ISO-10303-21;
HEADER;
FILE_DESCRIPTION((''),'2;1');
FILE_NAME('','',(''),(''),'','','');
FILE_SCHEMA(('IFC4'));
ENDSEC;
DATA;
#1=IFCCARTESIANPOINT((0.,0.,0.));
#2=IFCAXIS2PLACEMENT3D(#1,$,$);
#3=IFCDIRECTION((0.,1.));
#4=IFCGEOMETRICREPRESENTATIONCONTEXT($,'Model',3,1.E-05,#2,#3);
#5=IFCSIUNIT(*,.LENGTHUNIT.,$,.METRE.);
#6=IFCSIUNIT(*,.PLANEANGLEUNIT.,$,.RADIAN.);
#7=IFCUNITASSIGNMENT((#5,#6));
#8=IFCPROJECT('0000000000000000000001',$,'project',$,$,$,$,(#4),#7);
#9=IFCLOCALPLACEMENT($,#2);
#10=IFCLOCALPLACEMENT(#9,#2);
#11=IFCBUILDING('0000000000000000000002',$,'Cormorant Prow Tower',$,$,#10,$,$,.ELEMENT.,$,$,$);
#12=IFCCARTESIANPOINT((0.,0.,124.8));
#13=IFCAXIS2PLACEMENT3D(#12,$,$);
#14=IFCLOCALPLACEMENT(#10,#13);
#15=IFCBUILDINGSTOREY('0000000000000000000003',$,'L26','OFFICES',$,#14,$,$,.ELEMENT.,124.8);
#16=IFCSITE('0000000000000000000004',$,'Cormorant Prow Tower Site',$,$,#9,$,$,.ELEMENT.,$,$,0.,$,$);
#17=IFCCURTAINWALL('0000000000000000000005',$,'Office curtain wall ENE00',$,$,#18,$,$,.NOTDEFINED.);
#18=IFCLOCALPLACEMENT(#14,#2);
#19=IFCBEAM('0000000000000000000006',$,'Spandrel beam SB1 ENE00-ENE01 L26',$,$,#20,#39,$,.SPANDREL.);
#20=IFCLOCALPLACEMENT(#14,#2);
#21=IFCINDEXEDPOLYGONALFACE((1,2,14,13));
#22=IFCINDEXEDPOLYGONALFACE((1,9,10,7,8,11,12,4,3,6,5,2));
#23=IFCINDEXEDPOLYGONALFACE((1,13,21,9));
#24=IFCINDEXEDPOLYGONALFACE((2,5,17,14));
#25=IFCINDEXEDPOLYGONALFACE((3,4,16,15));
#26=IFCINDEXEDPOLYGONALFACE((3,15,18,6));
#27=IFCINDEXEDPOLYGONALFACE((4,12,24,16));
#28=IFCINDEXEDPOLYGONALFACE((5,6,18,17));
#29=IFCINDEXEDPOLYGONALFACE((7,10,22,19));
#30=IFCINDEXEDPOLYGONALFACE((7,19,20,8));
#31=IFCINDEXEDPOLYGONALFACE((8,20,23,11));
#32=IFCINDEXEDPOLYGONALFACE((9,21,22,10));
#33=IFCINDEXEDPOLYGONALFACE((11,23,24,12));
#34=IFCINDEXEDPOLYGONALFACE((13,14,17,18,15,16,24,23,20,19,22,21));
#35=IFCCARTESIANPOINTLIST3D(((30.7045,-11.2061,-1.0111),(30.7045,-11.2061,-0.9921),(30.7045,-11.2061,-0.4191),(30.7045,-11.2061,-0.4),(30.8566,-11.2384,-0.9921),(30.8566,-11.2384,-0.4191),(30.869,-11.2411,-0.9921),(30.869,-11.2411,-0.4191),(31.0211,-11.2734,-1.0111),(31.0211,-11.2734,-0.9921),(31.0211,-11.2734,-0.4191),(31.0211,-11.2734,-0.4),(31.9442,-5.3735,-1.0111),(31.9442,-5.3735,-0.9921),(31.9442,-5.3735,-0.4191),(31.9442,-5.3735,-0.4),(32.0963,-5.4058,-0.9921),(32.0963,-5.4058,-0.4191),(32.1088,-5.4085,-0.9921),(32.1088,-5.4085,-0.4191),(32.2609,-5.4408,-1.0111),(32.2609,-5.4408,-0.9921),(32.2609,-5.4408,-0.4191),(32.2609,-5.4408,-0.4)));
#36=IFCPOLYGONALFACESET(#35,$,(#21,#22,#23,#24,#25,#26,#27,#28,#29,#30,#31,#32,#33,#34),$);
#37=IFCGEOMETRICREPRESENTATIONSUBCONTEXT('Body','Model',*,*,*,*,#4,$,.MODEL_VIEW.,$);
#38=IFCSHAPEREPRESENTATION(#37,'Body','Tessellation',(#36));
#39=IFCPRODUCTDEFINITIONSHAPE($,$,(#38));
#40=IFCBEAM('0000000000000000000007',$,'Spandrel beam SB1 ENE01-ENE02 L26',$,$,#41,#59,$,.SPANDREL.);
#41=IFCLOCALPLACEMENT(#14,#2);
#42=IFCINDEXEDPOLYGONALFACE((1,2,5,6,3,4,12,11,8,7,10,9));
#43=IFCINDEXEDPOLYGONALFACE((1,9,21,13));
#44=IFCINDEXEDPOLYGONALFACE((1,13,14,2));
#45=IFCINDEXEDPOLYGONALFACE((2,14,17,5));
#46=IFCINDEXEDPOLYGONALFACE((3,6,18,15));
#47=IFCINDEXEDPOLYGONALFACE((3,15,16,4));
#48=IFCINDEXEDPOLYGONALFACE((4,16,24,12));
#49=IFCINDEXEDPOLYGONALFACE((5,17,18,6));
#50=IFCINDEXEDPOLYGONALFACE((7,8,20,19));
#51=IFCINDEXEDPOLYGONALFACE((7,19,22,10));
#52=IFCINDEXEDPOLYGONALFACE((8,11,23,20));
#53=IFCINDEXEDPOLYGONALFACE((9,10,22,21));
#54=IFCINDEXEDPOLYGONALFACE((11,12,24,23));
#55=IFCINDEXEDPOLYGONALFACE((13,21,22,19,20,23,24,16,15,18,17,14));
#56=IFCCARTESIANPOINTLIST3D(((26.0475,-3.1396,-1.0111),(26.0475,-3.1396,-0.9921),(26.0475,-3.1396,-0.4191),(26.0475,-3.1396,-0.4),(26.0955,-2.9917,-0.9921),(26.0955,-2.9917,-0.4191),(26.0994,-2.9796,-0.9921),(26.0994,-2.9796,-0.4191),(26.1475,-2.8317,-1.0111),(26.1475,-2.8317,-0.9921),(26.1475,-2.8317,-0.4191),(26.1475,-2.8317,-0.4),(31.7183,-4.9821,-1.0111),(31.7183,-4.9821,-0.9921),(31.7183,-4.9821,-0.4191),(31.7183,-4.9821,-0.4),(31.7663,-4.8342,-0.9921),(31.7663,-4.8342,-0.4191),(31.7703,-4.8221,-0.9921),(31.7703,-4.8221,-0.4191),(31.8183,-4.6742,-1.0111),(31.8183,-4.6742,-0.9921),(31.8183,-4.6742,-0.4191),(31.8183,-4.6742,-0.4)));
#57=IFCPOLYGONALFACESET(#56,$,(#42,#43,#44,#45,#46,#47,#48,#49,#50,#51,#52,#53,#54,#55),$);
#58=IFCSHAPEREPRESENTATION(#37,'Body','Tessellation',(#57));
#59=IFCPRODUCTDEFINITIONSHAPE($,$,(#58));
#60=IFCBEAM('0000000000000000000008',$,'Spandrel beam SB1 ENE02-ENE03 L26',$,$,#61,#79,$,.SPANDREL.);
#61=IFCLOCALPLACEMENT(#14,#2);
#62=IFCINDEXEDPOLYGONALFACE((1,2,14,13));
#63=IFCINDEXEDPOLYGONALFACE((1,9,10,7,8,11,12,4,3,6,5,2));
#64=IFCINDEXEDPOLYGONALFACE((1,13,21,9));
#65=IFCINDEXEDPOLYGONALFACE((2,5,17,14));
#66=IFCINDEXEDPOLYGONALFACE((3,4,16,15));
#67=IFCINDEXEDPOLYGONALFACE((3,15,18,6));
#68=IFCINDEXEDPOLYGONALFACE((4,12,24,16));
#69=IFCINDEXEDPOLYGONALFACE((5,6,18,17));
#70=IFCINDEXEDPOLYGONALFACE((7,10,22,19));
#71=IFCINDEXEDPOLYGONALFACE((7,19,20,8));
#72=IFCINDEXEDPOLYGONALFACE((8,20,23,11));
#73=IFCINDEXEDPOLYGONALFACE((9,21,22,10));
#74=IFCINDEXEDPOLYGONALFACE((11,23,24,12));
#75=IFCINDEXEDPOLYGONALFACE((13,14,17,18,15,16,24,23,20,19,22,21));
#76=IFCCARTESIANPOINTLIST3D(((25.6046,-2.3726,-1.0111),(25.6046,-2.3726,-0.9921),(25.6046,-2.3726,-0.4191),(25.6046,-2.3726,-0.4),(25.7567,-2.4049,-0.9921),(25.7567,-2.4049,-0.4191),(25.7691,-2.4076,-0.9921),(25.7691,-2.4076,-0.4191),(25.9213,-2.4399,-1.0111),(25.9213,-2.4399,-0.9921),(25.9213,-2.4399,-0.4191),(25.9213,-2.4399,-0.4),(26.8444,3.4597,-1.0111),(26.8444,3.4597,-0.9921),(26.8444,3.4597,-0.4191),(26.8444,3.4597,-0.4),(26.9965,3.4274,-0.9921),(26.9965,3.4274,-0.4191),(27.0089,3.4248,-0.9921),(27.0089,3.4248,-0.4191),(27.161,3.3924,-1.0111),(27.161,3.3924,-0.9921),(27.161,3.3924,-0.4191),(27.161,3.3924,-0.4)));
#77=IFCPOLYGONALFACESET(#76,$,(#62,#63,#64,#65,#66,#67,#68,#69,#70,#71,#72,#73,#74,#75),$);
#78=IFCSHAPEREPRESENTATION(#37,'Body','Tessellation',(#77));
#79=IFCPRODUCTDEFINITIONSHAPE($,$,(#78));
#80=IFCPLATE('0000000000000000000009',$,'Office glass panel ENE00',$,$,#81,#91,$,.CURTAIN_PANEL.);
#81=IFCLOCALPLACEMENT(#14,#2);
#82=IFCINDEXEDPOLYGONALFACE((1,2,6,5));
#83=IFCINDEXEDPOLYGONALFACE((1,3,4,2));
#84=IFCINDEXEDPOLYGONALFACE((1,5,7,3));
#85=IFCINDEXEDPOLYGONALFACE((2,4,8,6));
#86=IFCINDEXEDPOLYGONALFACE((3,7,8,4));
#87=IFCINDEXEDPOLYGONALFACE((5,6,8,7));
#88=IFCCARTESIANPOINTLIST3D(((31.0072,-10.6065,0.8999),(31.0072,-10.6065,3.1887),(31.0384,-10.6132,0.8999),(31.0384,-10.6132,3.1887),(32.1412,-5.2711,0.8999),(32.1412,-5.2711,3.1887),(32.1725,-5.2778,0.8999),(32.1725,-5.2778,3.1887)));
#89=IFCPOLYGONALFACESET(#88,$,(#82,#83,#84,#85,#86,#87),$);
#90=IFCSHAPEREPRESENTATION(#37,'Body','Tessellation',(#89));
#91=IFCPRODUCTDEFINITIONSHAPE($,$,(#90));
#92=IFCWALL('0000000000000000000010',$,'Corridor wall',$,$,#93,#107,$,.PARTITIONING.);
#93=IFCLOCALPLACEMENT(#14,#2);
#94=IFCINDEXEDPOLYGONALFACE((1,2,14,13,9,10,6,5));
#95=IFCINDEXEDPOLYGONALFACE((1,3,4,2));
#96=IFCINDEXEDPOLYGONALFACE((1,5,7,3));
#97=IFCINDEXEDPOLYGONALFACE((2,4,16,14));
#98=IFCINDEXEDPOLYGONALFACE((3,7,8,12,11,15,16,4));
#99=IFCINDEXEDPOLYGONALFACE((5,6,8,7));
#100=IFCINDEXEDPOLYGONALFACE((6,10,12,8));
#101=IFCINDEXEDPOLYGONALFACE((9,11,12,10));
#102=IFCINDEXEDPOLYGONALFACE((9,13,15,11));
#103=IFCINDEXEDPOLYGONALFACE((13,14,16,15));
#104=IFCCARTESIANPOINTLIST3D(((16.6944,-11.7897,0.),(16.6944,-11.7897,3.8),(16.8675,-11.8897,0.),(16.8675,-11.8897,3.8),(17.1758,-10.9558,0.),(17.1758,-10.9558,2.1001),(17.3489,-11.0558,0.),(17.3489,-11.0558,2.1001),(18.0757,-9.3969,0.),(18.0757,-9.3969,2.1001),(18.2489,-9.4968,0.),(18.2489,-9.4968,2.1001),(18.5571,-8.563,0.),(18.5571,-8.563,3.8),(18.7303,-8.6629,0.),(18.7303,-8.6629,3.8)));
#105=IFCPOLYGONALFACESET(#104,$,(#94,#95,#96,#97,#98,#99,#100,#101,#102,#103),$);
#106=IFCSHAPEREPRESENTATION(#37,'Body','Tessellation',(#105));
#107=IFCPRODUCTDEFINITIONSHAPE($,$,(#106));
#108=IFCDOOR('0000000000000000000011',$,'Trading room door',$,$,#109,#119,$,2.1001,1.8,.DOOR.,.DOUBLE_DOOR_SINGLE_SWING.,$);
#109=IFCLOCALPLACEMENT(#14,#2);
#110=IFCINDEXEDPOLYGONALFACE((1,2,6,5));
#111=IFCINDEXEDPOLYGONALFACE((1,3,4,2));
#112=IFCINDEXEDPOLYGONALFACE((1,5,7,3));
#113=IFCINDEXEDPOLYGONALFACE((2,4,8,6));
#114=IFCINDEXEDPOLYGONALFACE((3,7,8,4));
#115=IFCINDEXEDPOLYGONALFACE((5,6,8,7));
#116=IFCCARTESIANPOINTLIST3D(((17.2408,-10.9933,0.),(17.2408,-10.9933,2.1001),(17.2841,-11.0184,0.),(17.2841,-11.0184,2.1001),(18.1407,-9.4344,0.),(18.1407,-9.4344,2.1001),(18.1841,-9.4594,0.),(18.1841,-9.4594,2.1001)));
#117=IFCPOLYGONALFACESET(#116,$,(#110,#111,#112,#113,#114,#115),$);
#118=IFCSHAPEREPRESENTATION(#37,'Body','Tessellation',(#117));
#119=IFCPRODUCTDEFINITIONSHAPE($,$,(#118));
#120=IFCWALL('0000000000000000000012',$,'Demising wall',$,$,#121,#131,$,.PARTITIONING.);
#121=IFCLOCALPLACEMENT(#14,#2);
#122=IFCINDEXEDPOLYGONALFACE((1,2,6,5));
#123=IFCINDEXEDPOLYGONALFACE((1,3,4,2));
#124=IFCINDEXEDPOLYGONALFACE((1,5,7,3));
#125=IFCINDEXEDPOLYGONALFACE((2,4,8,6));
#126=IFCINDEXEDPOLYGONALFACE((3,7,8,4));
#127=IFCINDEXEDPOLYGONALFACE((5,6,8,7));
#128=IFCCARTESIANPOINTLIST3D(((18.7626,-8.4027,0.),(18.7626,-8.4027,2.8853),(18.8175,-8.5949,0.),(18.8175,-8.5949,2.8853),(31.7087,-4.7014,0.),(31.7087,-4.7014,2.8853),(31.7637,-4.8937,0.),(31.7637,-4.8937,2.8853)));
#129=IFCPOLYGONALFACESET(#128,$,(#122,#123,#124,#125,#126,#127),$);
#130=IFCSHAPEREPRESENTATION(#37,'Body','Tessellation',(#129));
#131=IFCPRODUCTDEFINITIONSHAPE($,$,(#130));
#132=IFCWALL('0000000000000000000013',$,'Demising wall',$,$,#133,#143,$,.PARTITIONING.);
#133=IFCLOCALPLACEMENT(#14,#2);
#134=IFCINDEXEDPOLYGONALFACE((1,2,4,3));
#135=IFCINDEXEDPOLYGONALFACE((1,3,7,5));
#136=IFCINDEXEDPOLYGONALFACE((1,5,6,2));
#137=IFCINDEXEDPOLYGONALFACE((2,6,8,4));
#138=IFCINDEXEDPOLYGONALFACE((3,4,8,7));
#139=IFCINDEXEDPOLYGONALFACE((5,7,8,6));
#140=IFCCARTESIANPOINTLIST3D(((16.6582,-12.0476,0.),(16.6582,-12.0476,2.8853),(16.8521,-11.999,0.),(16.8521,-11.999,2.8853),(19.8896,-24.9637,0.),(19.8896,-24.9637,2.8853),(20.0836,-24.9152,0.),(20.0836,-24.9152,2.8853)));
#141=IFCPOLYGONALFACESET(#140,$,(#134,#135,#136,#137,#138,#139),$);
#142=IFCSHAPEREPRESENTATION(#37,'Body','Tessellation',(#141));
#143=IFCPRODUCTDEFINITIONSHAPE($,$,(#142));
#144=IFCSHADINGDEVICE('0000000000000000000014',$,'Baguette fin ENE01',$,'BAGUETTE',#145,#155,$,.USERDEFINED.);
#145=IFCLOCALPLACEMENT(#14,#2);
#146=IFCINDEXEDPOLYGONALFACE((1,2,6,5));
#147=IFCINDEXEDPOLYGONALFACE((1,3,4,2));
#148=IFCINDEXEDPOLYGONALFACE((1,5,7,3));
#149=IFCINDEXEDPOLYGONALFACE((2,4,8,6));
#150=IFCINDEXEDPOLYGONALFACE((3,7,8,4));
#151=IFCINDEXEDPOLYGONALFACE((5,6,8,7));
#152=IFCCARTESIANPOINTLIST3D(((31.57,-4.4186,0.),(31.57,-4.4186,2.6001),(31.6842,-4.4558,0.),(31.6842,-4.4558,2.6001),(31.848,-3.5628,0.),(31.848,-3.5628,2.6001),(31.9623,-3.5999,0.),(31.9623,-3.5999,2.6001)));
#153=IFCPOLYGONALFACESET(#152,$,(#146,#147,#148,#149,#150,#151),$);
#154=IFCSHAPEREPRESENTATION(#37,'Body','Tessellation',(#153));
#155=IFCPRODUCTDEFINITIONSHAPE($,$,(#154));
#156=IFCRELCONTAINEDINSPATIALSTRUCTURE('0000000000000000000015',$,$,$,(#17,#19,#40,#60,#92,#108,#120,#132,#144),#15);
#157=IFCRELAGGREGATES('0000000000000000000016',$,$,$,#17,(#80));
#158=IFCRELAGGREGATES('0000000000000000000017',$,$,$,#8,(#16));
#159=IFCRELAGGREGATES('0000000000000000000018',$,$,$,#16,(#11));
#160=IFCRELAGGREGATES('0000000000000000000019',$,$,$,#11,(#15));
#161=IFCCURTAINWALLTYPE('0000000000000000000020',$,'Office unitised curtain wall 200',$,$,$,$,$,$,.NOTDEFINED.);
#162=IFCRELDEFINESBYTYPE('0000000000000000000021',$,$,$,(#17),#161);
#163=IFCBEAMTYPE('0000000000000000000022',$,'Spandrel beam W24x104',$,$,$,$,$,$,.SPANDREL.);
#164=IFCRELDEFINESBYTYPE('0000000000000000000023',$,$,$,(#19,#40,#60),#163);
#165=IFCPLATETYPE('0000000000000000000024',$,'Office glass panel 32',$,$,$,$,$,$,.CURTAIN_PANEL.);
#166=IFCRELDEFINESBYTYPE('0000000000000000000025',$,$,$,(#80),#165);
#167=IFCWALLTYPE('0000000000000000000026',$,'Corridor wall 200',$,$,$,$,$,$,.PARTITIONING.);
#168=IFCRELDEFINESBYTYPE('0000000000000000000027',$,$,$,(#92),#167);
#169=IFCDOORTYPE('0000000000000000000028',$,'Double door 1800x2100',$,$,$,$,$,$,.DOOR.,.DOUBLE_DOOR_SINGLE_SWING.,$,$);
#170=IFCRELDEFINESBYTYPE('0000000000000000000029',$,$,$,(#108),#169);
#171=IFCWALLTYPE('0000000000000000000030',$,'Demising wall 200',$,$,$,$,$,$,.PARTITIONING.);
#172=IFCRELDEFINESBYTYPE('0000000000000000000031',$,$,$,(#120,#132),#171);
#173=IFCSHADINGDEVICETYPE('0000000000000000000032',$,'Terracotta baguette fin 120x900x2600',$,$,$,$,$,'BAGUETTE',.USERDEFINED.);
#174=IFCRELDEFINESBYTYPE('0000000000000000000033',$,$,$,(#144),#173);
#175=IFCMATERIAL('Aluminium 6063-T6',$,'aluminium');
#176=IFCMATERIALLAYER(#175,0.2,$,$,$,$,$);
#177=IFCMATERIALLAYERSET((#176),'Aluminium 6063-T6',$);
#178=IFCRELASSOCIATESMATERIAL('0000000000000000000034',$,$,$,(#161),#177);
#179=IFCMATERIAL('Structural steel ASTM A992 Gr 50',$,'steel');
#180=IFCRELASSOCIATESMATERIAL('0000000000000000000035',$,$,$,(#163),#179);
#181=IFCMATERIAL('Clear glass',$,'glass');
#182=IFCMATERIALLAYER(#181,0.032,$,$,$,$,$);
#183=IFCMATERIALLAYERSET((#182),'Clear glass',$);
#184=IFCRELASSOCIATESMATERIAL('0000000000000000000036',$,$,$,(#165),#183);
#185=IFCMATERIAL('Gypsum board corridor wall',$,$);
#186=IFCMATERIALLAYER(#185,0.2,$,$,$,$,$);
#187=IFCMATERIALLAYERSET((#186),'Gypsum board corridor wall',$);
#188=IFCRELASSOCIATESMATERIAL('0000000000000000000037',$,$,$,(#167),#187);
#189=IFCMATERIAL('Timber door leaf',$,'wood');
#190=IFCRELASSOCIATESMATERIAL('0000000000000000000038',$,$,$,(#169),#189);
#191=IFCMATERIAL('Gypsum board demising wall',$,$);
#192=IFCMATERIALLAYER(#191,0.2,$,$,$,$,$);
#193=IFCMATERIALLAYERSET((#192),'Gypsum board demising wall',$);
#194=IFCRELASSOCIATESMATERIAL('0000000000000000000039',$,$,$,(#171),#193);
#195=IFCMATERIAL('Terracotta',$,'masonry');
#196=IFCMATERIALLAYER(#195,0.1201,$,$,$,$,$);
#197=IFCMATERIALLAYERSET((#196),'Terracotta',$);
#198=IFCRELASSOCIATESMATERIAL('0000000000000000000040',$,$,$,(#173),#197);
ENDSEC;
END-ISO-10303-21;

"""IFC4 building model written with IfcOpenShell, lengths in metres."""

from ifc_helpers import new_model, si_unit, direction, frame, frame_2d, origin, origin_2d, place, context, subcontext, project, spatial, rectangle, i_section, extrude, material, layer, layer_set, material_profile, profile_set, type_object, element, fill, aggregate, save


model = new_model("IFC4")

# Units and contexts
model_context = context("Model", 3, precision=1e-05, world=origin(), true_north=direction((0.0, 1.0)))
body_context = subcontext(model_context, "Body", "Model", "MODEL_VIEW")
ifc_project = project(units=[si_unit("LENGTHUNIT", "METRE"), si_unit("PLANEANGLEUNIT", "RADIAN")], contexts=[model_context])

# Site, building, storey
site_placement = place(None, origin())
site = spatial("IfcSite", under=ifc_project, at=site_placement, Name="Cormorant Prow Tower Site", CompositionType="ELEMENT", RefElevation=0.0)
building_placement = place(site_placement, origin())
building = spatial("IfcBuilding", under=site, at=building_placement, Name="Cormorant Prow Tower", CompositionType="ELEMENT")
storey_placement = place(building_placement, frame((0.0, 0.0, 124.8)))
storey = spatial("IfcBuildingStorey", under=building, at=storey_placement, Name="L26", Description="OFFICES", CompositionType="ELEMENT", Elevation=124.8)

# Curtain wall
ifc_material_1 = material(Name="Aluminium 6063-T6", Category="aluminium")
ifc_layer_1 = layer(ifc_material_1, 0.2)
ifc_layer_set_1 = layer_set([ifc_layer_1], Name="Aluminium 6063-T6")
curtain_wall_type = type_object("IfcCurtainWallType", Name="Office unitised curtain wall 200", PredefinedType="NOTDEFINED", material=ifc_layer_set_1)
curtain_wall_1_placement = place(storey_placement, origin())
curtain_wall_1 = element("IfcCurtainWall", 1, at=curtain_wall_1_placement, inside=storey, type_object=curtain_wall_type, Name="Office curtain wall ENE00", PredefinedType="NOTDEFINED")

# Beams
ifc_material_2 = material(Name="Structural steel ASTM A992 Gr 50", Category="steel")
ifc_material_profile_1 = material_profile(ifc_material_2, i_section(OverallWidth=0.3237, OverallDepth=0.6111, WebThickness=0.0127, FlangeThickness=0.019, at=origin_2d()), Name="W24x104")
ifc_profile_set_1 = profile_set([ifc_material_profile_1], Name="Structural steel ASTM A992 Gr 50")
beam_type_1 = type_object("IfcBeamType", Name="Spandrel beam W24x104", PredefinedType="SPANDREL", material=ifc_profile_set_1)
beam_1_placement = place(storey_placement, frame((30.8628, -11.2397, -0.7056), z_axis=(0.207913, 0.978147, 0.0), x_axis=(-0.978147, 0.207913, 0.0)))
element("IfcBeam", 2, at=beam_1_placement, inside=storey, type_object=beam_type_1, Name="Spandrel beam SB1 ENE00-ENE01 L26", PredefinedType="SPANDREL", context=body_context, shape_type="SweptSolid", body=[
    extrude(i_section(OverallWidth=0.3237, OverallDepth=0.6111, WebThickness=0.0127, FlangeThickness=0.019, at=origin_2d()), origin(), (0.0, 0.0, 1.0), 5.9629),
])
for number, where, z_axis, x_axis, name in (
    (3, (31.7683, -4.8281, -0.7056), (-0.951059, 0.309008, 0.0), (-0.309008, -0.951059, 0.0), "Spandrel beam SB1 ENE01-ENE02 L26"),
    (4, (25.7629, -2.4062, -0.7056), (0.207921, 0.978146, 0.0), (-0.978146, 0.207921, 0.0), "Spandrel beam SB1 ENE02-ENE03 L26"),
):
    element("IfcBeam", number, at=place(storey_placement, frame(where, z_axis=z_axis, x_axis=x_axis)), inside=storey, type_object=beam_type_1, Name=name, PredefinedType="SPANDREL", context=body_context, shape_type="SweptSolid", body=[
        extrude(i_section(OverallWidth=0.3237, OverallDepth=0.6111, WebThickness=0.0127, FlangeThickness=0.019, at=origin_2d()), origin(), (0.0, 0.0, 1.0), 5.9626),
    ])

# Plate
ifc_material_3 = material(Name="Clear glass", Category="glass")
ifc_layer_2 = layer(ifc_material_3, 0.032)
ifc_layer_set_2 = layer_set([ifc_layer_2], Name="Clear glass")
plate_type = type_object("IfcPlateType", Name="Office glass panel 32", PredefinedType="CURTAIN_PANEL", material=ifc_layer_set_2)
plate_placement = place(storey_placement, frame((31.5898, -7.9421, 0.8999), z_axis=(0.0, 0.0, 1.0), x_axis=(0.207912, 0.978148, 0.0)))
plate = element("IfcPlate", 5, at=plate_placement, type_object=plate_type, Name="Office glass panel ENE00", PredefinedType="CURTAIN_PANEL", context=body_context, shape_type="SweptSolid", body=[
    extrude(rectangle(XDim=5.4546, YDim=0.032, at=origin_2d()), origin(), (0.0, 0.0, 1.0), 2.2888),
])
aggregate(curtain_wall_1, [plate])

# Wall, opening, door
ifc_material_4 = material(Name="Gypsum board corridor wall")
ifc_layer_3 = layer(ifc_material_4, 0.2)
ifc_layer_set_3 = layer_set([ifc_layer_3], Name="Gypsum board corridor wall")
wall_type_1 = type_object("IfcWallType", Name="Corridor wall 200", PredefinedType="PARTITIONING", material=ifc_layer_set_3)
wall_1_placement = place(storey_placement, frame((16.781, -11.8396, 0.0), z_axis=(0.0, 0.0, 1.0), x_axis=(0.499959, 0.866049, 0.0)))
wall_1 = element("IfcWall", 6, at=wall_1_placement, inside=storey, type_object=wall_type_1, Name="Corridor wall", PredefinedType="PARTITIONING", context=body_context, shape_type="SweptSolid", body=[
    extrude(rectangle(XDim=3.7258, YDim=0.2, at=frame_2d((1.8628, 0.0))), origin(), (0.0, 0.0, 1.0), 3.8),
])
opening_1_placement = place(wall_1_placement, frame((0.9629, 0.0, 0.0)))
opening_1 = element("IfcOpeningElement", 7, at=opening_1_placement, cuts=wall_1, PredefinedType="OPENING", context=body_context, shape_type="SweptSolid", body=[
    extrude(rectangle(XDim=1.8, YDim=2.1001, at=frame_2d((0.8999, 1.05))), frame((0.0, 0.1099, 0.0), z_axis=(0.0, -1.0, 0.0), x_axis=(1.0, 0.0, 0.0)), (0.0, 0.0, 1.0), 0.22),
])
ifc_material_5 = material(Name="Timber door leaf", Category="wood")
door_type_1 = type_object("IfcDoorType", Name="Double door 1800x2100", OperationType="DOUBLE_DOOR_SINGLE_SWING", PredefinedType="DOOR", material=ifc_material_5)
door_1_placement = place(opening_1_placement, origin())
door_1 = element("IfcDoor", 8, at=door_1_placement, inside=storey, type_object=door_type_1, Name="Trading room door", OperationType="DOUBLE_DOOR_SINGLE_SWING", OverallHeight=2.1001, OverallWidth=1.8, PredefinedType="DOOR", context=body_context, shape_type="SweptSolid", body=[
    extrude(rectangle(XDim=1.8, YDim=2.1001, at=frame_2d((0.8999, 1.05))), frame((0.0, 0.0249, 0.0), z_axis=(0.0, -1.0, 0.0), x_axis=(1.0, 0.0, 0.0)), (0.0, 0.0, 1.0), 0.05),
])
fill(opening_1, door_1)

# Walls
ifc_material_6 = material(Name="Gypsum board demising wall")
ifc_layer_4 = layer(ifc_material_6, 0.2)
ifc_layer_set_4 = layer_set([ifc_layer_4], Name="Gypsum board demising wall")
wall_type_2 = type_object("IfcWallType", Name="Demising wall 200", PredefinedType="PARTITIONING", material=ifc_layer_set_4)
wall_2_placement = place(storey_placement, frame((18.79, -8.4988, 0.0), z_axis=(0.0, 0.0, 1.0), x_axis=(0.961479, 0.274879, 0.0)))
element("IfcWall", 9, at=wall_2_placement, inside=storey, type_object=wall_type_2, Name="Demising wall", PredefinedType="PARTITIONING", context=body_context, shape_type="SweptSolid", body=[
    extrude(rectangle(XDim=13.4648, YDim=0.2, at=frame_2d((6.7324, 0.0))), origin(), (0.0, 0.0, 1.0), 2.8853),
])
wall_3_placement = place(storey_placement, frame((16.7551, -12.0232, 0.0), z_axis=(0.0, 0.0, 1.0), x_axis=(0.242708, -0.970099, 0.0)))
element("IfcWall", 10, at=wall_3_placement, inside=storey, type_object=wall_type_2, Name="Demising wall", PredefinedType="PARTITIONING", context=body_context, shape_type="SweptSolid", body=[
    extrude(rectangle(XDim=13.3142, YDim=0.2, at=frame_2d((6.6572, 0.0))), origin(), (0.0, 0.0, 1.0), 2.8853),
])

# Shading device
ifc_material_7 = material(Name="Terracotta", Category="masonry")
ifc_layer_5 = layer(ifc_material_7, 0.1201)
ifc_layer_set_5 = layer_set([ifc_layer_5], Name="Terracotta")
shading_device_type = type_object("IfcShadingDeviceType", Name="Terracotta baguette fin 120x900x2600", ElementType="BAGUETTE", PredefinedType="USERDEFINED", material=ifc_layer_set_5)
shading_device_placement = place(storey_placement, frame((31.7661, -4.0093, 0.0), z_axis=(0.0, 0.0, 1.0), x_axis=(-0.951056, 0.309017, 0.0)))
element("IfcShadingDevice", 11, at=shading_device_placement, inside=storey, type_object=shading_device_type, Name="Baguette fin ENE01", ObjectType="BAGUETTE", PredefinedType="USERDEFINED", context=body_context, shape_type="SweptSolid", body=[
    extrude(rectangle(XDim=0.1201, YDim=0.8999, at=origin_2d()), origin(), (0.0, 0.0, 1.0), 2.6001),
])

save(model, "model.ifc")
